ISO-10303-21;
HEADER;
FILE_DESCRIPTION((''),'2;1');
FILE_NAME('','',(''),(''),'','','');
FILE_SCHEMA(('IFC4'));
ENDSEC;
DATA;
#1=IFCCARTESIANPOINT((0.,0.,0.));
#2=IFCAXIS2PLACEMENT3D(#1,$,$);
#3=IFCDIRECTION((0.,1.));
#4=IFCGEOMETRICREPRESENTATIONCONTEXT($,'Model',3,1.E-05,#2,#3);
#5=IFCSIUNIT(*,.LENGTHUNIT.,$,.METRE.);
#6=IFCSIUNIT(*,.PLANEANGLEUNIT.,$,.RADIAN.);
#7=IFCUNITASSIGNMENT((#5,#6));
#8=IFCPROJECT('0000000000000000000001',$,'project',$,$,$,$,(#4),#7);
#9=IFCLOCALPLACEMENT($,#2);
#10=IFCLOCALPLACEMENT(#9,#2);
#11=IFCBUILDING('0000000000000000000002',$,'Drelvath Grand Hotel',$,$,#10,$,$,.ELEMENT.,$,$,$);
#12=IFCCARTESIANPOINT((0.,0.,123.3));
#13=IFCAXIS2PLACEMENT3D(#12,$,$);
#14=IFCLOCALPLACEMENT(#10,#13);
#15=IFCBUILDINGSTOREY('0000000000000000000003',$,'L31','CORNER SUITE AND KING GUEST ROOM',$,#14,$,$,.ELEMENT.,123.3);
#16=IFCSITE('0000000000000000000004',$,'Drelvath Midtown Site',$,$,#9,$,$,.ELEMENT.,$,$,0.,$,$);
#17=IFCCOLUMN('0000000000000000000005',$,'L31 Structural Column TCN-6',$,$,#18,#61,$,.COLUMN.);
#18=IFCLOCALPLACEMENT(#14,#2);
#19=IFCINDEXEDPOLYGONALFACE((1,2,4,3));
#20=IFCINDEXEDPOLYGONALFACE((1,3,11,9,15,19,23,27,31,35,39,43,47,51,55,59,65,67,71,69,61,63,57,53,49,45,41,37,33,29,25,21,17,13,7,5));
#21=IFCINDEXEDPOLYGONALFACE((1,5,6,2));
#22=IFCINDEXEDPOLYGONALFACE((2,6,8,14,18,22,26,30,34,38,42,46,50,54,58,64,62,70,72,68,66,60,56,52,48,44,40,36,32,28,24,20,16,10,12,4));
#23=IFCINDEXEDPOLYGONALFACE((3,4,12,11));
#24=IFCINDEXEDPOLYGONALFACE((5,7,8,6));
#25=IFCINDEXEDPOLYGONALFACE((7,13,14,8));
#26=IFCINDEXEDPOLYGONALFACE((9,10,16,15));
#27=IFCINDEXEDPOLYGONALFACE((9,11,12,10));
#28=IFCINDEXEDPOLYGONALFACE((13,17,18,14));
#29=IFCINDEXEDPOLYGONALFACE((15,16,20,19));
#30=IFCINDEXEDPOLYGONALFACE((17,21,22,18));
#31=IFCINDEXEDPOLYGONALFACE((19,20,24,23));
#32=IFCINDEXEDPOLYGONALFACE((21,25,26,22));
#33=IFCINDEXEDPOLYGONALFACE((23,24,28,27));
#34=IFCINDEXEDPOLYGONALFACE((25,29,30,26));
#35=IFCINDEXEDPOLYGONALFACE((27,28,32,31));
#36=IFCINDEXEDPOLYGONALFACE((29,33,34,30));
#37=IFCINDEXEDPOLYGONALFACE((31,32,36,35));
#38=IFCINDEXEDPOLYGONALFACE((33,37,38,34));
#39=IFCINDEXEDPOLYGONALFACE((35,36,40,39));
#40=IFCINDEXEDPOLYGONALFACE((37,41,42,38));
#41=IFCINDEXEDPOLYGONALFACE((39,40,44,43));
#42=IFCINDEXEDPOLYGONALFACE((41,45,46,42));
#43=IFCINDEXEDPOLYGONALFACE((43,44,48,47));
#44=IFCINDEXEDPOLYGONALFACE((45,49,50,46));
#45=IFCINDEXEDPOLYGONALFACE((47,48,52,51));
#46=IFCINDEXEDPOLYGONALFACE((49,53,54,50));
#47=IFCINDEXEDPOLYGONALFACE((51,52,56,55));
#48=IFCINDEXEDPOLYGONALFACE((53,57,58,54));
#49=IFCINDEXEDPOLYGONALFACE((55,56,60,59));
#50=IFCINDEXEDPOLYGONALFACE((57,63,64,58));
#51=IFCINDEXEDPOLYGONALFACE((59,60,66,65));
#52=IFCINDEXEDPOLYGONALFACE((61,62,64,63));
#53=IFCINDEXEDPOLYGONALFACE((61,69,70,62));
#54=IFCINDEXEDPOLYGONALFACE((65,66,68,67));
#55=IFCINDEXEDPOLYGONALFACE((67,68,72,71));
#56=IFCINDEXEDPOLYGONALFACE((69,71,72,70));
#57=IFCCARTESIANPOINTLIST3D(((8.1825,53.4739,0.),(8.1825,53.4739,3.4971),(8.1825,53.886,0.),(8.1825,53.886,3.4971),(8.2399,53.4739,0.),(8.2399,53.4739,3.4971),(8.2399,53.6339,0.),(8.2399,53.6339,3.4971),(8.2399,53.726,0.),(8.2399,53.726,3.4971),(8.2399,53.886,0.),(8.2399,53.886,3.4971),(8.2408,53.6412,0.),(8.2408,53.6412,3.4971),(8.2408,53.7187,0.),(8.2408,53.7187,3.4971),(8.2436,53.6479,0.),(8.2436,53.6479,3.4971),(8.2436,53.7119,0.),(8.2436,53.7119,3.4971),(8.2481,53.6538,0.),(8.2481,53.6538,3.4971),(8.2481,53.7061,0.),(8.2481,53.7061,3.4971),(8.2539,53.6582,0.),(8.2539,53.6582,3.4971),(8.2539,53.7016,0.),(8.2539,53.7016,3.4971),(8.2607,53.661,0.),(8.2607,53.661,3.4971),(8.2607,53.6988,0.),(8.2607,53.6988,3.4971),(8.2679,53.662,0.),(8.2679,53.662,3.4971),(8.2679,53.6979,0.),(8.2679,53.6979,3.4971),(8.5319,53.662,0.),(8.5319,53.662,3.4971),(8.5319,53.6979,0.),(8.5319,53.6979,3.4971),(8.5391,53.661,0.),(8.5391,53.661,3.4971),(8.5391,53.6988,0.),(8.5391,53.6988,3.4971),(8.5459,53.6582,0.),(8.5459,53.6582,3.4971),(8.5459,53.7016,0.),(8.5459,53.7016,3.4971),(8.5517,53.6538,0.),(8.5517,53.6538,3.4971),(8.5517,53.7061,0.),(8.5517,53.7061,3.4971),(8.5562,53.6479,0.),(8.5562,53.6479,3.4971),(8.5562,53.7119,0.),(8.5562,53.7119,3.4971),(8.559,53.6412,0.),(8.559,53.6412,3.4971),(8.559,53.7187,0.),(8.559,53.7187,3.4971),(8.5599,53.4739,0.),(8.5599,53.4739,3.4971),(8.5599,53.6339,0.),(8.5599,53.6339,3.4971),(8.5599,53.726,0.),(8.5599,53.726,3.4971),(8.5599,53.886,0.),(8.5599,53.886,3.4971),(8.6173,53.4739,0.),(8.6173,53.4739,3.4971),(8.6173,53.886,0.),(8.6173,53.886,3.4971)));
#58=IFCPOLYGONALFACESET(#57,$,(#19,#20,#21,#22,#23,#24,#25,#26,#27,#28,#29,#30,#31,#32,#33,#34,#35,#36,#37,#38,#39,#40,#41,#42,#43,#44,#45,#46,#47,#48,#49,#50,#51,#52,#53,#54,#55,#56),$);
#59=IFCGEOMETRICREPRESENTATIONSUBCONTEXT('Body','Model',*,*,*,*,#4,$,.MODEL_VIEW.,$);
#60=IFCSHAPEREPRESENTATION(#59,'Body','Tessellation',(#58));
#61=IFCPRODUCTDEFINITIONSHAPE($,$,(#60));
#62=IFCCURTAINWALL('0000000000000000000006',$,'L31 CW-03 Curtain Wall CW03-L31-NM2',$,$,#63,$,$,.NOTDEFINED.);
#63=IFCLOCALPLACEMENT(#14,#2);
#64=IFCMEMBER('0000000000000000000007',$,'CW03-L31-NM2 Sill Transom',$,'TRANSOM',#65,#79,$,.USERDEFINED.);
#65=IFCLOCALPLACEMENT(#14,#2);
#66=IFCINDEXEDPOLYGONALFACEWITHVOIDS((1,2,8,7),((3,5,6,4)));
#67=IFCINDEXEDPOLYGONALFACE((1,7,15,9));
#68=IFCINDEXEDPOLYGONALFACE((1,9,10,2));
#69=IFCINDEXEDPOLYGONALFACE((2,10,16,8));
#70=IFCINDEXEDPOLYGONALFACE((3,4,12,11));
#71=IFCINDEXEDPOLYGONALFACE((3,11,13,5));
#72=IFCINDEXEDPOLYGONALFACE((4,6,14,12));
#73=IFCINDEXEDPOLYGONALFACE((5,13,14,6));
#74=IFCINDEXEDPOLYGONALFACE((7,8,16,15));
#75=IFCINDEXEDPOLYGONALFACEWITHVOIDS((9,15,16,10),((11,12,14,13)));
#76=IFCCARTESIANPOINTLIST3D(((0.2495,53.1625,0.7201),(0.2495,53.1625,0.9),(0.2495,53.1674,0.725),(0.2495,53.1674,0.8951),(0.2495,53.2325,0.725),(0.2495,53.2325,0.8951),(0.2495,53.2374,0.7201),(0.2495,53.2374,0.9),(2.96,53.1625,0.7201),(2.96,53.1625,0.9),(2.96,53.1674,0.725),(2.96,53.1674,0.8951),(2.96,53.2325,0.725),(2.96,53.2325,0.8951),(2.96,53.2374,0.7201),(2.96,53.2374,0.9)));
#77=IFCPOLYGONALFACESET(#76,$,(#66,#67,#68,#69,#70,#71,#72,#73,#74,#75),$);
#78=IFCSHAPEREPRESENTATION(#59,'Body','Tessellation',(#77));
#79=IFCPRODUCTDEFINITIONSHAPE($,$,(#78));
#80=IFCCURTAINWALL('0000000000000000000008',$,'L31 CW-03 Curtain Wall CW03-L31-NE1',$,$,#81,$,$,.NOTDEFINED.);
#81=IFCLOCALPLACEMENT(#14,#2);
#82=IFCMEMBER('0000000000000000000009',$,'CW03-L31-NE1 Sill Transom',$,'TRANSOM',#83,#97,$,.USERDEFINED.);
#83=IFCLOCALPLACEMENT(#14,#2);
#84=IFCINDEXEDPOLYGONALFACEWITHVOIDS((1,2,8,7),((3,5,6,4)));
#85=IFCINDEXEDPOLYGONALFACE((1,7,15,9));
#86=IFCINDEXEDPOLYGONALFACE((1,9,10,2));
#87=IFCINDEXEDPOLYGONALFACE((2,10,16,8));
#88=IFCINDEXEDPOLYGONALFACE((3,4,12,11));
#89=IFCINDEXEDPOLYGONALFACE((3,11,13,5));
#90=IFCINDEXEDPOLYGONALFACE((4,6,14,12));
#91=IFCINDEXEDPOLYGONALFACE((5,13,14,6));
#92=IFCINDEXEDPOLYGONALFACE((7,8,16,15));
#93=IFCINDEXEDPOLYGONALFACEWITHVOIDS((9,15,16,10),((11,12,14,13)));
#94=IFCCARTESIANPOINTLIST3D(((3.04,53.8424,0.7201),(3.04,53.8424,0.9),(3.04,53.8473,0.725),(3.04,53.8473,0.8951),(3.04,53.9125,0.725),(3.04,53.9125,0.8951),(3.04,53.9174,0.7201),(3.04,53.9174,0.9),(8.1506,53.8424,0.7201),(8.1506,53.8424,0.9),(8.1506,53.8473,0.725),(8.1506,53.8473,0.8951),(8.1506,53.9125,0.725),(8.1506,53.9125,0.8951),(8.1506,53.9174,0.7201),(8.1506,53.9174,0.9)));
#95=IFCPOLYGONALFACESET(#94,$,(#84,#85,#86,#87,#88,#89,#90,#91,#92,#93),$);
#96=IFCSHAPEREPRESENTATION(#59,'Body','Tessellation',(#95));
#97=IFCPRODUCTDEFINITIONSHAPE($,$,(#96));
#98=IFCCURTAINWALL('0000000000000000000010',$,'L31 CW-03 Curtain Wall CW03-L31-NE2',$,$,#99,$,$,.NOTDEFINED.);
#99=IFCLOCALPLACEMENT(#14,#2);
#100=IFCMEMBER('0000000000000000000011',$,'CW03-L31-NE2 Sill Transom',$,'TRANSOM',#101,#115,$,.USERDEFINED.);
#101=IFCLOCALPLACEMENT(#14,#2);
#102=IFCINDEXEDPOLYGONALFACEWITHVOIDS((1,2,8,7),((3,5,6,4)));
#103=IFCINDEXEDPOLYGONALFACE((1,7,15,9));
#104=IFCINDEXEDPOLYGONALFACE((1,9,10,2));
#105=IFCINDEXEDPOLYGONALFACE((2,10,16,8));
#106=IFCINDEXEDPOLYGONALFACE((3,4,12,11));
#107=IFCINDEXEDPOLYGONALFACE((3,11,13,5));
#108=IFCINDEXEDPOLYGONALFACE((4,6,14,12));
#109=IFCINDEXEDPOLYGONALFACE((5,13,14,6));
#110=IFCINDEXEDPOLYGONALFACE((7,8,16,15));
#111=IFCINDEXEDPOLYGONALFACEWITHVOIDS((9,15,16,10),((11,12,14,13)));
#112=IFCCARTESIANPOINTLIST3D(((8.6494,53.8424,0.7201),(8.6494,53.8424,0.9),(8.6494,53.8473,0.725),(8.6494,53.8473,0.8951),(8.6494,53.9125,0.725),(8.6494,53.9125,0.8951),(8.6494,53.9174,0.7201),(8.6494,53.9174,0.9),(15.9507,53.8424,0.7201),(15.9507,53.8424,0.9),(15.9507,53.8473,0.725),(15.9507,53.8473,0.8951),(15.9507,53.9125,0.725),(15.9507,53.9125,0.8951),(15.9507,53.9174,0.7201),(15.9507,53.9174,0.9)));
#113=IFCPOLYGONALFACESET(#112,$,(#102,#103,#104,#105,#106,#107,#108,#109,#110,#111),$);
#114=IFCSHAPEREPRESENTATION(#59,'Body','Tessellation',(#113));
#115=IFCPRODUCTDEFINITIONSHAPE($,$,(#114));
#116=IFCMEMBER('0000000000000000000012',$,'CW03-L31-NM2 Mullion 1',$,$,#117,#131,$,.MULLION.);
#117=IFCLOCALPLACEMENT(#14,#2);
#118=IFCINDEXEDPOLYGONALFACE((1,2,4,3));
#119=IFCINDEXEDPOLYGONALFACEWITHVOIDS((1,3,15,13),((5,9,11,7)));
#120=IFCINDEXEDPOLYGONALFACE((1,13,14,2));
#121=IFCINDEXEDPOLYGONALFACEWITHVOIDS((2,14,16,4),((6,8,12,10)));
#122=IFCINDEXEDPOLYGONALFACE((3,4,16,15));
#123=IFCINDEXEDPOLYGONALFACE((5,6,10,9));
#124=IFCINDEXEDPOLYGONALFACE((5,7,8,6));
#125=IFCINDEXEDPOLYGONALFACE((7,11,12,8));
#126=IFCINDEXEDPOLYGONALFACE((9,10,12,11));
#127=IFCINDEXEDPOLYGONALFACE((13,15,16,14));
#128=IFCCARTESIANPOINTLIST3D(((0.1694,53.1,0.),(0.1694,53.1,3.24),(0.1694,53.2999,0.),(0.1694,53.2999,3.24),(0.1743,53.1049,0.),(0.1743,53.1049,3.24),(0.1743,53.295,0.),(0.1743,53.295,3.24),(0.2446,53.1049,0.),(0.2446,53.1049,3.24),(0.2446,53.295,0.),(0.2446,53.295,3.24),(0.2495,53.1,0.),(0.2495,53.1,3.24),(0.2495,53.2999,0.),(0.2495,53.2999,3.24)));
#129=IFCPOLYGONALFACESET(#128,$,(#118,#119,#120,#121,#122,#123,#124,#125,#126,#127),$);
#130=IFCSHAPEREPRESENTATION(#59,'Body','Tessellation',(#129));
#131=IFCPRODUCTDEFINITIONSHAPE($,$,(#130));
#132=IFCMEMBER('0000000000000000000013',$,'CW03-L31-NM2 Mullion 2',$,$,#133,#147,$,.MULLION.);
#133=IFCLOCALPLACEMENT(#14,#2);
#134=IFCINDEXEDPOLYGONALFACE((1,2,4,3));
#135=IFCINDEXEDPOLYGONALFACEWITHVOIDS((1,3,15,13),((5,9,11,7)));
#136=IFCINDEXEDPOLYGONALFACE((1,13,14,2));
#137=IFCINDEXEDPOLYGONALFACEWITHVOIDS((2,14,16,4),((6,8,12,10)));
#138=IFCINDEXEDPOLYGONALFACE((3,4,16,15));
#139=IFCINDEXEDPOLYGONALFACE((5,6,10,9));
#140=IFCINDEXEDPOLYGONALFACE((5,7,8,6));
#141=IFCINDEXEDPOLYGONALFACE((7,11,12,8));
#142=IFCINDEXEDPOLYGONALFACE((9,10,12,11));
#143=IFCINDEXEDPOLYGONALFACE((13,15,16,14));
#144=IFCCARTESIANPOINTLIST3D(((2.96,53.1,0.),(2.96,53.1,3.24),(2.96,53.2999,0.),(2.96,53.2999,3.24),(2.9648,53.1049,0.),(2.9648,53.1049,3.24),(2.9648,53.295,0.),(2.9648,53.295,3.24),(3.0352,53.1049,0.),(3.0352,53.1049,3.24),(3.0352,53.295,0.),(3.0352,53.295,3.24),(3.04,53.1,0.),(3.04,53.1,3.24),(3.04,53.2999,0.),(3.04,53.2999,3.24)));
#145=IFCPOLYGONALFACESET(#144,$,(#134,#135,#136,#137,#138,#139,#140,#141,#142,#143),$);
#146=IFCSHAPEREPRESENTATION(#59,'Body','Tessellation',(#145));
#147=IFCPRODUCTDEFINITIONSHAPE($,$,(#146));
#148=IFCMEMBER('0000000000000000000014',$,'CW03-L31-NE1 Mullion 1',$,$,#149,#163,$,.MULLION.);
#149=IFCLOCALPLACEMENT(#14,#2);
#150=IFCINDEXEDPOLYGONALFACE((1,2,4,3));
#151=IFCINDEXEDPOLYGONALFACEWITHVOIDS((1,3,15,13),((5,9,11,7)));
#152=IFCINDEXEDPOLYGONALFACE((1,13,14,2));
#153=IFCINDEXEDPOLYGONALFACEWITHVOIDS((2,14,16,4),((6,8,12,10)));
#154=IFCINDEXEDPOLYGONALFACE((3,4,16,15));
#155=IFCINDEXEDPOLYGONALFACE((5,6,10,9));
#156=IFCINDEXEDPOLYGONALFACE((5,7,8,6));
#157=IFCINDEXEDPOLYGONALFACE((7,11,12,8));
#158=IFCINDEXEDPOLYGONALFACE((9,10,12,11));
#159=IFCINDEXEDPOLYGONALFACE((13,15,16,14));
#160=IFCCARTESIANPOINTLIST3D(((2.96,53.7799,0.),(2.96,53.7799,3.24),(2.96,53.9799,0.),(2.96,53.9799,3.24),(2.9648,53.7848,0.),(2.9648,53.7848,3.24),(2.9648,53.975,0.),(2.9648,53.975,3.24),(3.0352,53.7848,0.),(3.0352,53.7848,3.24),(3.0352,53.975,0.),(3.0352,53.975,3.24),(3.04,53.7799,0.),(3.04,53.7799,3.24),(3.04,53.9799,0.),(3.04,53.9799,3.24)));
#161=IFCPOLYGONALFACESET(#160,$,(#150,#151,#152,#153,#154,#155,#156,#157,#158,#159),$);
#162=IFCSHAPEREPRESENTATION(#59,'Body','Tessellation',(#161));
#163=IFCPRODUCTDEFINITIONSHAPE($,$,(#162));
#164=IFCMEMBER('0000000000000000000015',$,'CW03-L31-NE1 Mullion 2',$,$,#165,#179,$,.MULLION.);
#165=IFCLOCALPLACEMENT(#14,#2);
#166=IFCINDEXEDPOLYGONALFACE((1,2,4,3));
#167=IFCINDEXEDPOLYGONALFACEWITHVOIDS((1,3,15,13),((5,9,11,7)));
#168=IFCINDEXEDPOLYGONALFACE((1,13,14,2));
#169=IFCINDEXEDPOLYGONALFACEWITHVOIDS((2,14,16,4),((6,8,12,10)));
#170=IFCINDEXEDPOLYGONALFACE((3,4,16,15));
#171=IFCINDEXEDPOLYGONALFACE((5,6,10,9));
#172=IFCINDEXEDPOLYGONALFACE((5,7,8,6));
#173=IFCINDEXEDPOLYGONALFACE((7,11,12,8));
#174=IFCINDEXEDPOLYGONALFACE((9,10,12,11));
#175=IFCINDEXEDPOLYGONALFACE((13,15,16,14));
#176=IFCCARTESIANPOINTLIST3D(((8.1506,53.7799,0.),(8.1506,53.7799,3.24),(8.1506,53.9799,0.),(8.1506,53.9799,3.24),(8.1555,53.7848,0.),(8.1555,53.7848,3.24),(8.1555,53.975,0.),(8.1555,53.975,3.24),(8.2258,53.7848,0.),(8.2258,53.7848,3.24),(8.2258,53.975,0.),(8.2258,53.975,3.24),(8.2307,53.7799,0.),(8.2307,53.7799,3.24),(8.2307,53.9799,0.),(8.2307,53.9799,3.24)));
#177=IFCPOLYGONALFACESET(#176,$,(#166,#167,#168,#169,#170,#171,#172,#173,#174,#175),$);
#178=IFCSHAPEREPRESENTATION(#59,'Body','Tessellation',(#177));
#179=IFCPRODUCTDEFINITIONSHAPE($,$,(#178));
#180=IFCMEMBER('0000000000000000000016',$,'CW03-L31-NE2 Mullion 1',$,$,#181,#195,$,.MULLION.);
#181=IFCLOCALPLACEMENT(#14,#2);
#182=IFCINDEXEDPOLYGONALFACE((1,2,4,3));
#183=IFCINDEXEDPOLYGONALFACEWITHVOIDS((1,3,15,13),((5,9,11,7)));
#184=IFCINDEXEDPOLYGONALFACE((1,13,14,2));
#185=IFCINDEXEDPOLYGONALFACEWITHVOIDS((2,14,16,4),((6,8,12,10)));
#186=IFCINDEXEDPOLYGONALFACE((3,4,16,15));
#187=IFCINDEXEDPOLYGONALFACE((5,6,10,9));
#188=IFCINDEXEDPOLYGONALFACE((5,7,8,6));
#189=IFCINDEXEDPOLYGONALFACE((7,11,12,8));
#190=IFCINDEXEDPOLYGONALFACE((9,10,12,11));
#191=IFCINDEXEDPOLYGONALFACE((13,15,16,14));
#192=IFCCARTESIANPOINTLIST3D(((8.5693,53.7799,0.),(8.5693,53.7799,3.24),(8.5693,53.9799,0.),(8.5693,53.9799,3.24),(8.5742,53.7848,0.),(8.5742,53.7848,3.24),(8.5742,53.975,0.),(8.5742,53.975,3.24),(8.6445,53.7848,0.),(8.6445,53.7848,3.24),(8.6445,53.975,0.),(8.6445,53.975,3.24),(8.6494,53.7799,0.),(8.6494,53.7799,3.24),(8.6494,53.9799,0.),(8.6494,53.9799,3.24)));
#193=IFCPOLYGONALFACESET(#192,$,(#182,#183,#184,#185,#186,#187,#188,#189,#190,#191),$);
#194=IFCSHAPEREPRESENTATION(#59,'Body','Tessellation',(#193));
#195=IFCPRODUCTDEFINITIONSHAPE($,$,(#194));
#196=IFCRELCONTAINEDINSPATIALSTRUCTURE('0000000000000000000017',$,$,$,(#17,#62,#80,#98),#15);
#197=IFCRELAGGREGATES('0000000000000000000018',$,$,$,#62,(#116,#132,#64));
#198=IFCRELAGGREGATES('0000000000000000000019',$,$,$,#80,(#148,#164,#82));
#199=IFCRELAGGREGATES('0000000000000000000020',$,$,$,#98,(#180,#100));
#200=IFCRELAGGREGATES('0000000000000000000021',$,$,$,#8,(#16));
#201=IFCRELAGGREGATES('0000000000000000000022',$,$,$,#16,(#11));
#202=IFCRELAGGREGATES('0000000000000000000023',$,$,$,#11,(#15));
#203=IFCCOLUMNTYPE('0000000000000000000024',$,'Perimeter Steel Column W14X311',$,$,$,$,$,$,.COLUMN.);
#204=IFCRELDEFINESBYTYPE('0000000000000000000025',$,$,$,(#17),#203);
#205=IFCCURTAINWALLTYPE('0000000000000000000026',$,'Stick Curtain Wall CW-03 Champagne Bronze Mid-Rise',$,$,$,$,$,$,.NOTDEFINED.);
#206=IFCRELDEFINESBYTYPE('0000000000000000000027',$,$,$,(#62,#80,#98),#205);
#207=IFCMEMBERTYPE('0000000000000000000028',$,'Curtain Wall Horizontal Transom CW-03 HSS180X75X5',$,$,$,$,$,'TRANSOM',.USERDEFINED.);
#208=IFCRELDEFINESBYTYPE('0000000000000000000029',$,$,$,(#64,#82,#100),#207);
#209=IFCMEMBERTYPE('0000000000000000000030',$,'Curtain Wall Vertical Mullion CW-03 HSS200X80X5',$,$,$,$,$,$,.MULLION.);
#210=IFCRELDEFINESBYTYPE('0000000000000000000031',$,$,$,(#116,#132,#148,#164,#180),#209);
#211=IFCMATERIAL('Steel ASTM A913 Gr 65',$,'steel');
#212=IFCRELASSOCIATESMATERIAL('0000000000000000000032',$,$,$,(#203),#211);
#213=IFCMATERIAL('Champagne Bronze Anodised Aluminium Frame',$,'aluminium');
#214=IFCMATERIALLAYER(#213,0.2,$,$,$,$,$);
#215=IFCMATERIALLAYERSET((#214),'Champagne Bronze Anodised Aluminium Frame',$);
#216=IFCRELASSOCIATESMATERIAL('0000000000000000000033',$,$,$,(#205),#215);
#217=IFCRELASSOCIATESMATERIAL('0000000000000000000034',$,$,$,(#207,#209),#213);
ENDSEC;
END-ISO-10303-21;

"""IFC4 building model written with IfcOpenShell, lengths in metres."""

from ifc_helpers import new_model, si_unit, direction, frame, origin, origin_2d, place, context, subcontext, project, spatial, hollow_rectangle, i_section, extrude, material, layer, layer_set, material_profile, profile_set, type_object, element, aggregate, save


model = new_model("IFC4")

# Units and contexts
model_context = context("Model", 3, precision=1e-05, world=origin(), true_north=direction((0.0, 1.0)))
body_context = subcontext(model_context, "Body", "Model", "MODEL_VIEW")
ifc_project = project(units=[si_unit("LENGTHUNIT", "METRE"), si_unit("PLANEANGLEUNIT", "RADIAN")], contexts=[model_context])

# Site, building, storey
site_placement = place(None, origin())
site = spatial("IfcSite", under=ifc_project, at=site_placement, Name="Drelvath Midtown Site", CompositionType="ELEMENT", RefElevation=0.0)
building_placement = place(site_placement, origin())
building = spatial("IfcBuilding", under=site, at=building_placement, Name="Drelvath Grand Hotel", CompositionType="ELEMENT")
storey_placement = place(building_placement, frame((0.0, 0.0, 123.3)))
storey = spatial("IfcBuildingStorey", under=building, at=storey_placement, Name="L31", Description="CORNER SUITE AND KING GUEST ROOM", CompositionType="ELEMENT", Elevation=123.3)

# Column
ifc_material_1 = material(Name="Steel ASTM A913 Gr 65", Category="steel")
ifc_material_profile_1 = material_profile(ifc_material_1, i_section(OverallWidth=0.4121, OverallDepth=0.4348, WebThickness=0.0359, FlangeThickness=0.0574, FilletRadius=0.0281, at=origin_2d()), Name="W14X311")
ifc_profile_set_1 = profile_set([ifc_material_profile_1], Name="Steel ASTM A913 Gr 65")
column_type = type_object("IfcColumnType", Name="Perimeter Steel Column W14X311", PredefinedType="COLUMN", material=ifc_profile_set_1)
column_placement = place(storey_placement, frame((8.3999, 53.6799, 0.0), z_axis=(0.0, 0.0, 1.0), x_axis=(0.0, 1.0, 0.0)))
element("IfcColumn", 1, at=column_placement, inside=storey, type_object=column_type, Name="L31 Structural Column TCN-6", PredefinedType="COLUMN", context=body_context, shape_type="SweptSolid", body=[
    extrude(i_section(OverallWidth=0.4121, OverallDepth=0.4348, WebThickness=0.0359, FlangeThickness=0.0574, FilletRadius=0.0281, at=origin_2d()), origin(), (0.0, 0.0, 1.0), 3.4971),
])

# Curtain walls, members
ifc_material_2 = material(Name="Champagne Bronze Anodised Aluminium Frame", Category="aluminium")
ifc_layer_1 = layer(ifc_material_2, 0.2)
ifc_layer_set_1 = layer_set([ifc_layer_1], Name="Champagne Bronze Anodised Aluminium Frame")
curtain_wall_type = type_object("IfcCurtainWallType", Name="Stick Curtain Wall CW-03 Champagne Bronze Mid-Rise", PredefinedType="NOTDEFINED", material=ifc_layer_set_1)
curtain_wall_1_placement = place(storey_placement, origin())
curtain_wall_1 = element("IfcCurtainWall", 2, at=curtain_wall_1_placement, inside=storey, type_object=curtain_wall_type, Name="L31 CW-03 Curtain Wall CW03-L31-NM2", PredefinedType="NOTDEFINED")
ifc_material_profile_2 = material_profile(ifc_material_2, hollow_rectangle(XDim=0.075, YDim=0.1799, WallThickness=0.0049, at=origin_2d()), Name="HSS180X75X5")
ifc_profile_set_2 = profile_set([ifc_material_profile_2], Name="Champagne Bronze Anodised Aluminium Frame")
member_type_1 = type_object("IfcMemberType", Name="Curtain Wall Horizontal Transom CW-03 HSS180X75X5", ElementType="TRANSOM", PredefinedType="USERDEFINED", material=ifc_profile_set_2)
member_1_placement = place(storey_placement, frame((0.2495, 53.2, 0.8101), z_axis=(1.0, 0.0, 0.0), x_axis=(0.0, 1.0, 0.0)))
member_1 = element("IfcMember", 3, at=member_1_placement, type_object=member_type_1, Name="CW03-L31-NM2 Sill Transom", ObjectType="TRANSOM", PredefinedType="USERDEFINED", context=body_context, shape_type="SweptSolid", body=[
    extrude(hollow_rectangle(XDim=0.075, YDim=0.1799, WallThickness=0.0049, at=origin_2d()), origin(), (0.0, 0.0, 1.0), 2.7104),
])
curtain_wall_2_placement = place(storey_placement, origin())
curtain_wall_2 = element("IfcCurtainWall", 4, at=curtain_wall_2_placement, inside=storey, type_object=curtain_wall_type, Name="L31 CW-03 Curtain Wall CW03-L31-NE1", PredefinedType="NOTDEFINED")
member_2_placement = place(storey_placement, frame((3.04, 53.8799, 0.8101), z_axis=(1.0, 0.0, 0.0), x_axis=(0.0, 1.0, 0.0)))
member_2 = element("IfcMember", 5, at=member_2_placement, type_object=member_type_1, Name="CW03-L31-NE1 Sill Transom", ObjectType="TRANSOM", PredefinedType="USERDEFINED", context=body_context, shape_type="SweptSolid", body=[
    extrude(hollow_rectangle(XDim=0.075, YDim=0.1799, WallThickness=0.0049, at=origin_2d()), origin(), (0.0, 0.0, 1.0), 5.1106),
])
curtain_wall_3_placement = place(storey_placement, origin())
curtain_wall_3 = element("IfcCurtainWall", 6, at=curtain_wall_3_placement, inside=storey, type_object=curtain_wall_type, Name="L31 CW-03 Curtain Wall CW03-L31-NE2", PredefinedType="NOTDEFINED")
member_3_placement = place(storey_placement, frame((8.6494, 53.8799, 0.8101), z_axis=(1.0, 0.0, 0.0), x_axis=(0.0, 1.0, 0.0)))
member_3 = element("IfcMember", 7, at=member_3_placement, type_object=member_type_1, Name="CW03-L31-NE2 Sill Transom", ObjectType="TRANSOM", PredefinedType="USERDEFINED", context=body_context, shape_type="SweptSolid", body=[
    extrude(hollow_rectangle(XDim=0.075, YDim=0.1799, WallThickness=0.0049, at=origin_2d()), origin(), (0.0, 0.0, 1.0), 7.3013),
])

# Members
ifc_material_profile_3 = material_profile(ifc_material_2, hollow_rectangle(XDim=0.0801, YDim=0.2, WallThickness=0.0049, at=origin_2d()), Name="HSS200X80X5")
ifc_profile_set_3 = profile_set([ifc_material_profile_3], Name="Champagne Bronze Anodised Aluminium Frame")
member_type_2 = type_object("IfcMemberType", Name="Curtain Wall Vertical Mullion CW-03 HSS200X80X5", PredefinedType="MULLION", material=ifc_profile_set_3)
member_4_placement = place(storey_placement, frame((0.2095, 53.2, 0.0), z_axis=(0.0, 0.0, 1.0), x_axis=(1.0, 0.0, 0.0)))
member_4 = element("IfcMember", 8, at=member_4_placement, type_object=member_type_2, Name="CW03-L31-NM2 Mullion 1", PredefinedType="MULLION", context=body_context, shape_type="SweptSolid", body=[
    extrude(hollow_rectangle(XDim=0.0801, YDim=0.2, WallThickness=0.0049, at=origin_2d()), origin(), (0.0, 0.0, 1.0), 3.24),
])
member_5_placement = place(storey_placement, frame((3.0, 53.2, 0.0), z_axis=(0.0, 0.0, 1.0), x_axis=(1.0, 0.0, 0.0)))
member_5 = element("IfcMember", 9, at=member_5_placement, type_object=member_type_2, Name="CW03-L31-NM2 Mullion 2", PredefinedType="MULLION", context=body_context, shape_type="SweptSolid", body=[
    extrude(hollow_rectangle(XDim=0.0801, YDim=0.2, WallThickness=0.0049, at=origin_2d()), origin(), (0.0, 0.0, 1.0), 3.24),
])
member_6_placement = place(storey_placement, frame((3.0, 53.8799, 0.0), z_axis=(0.0, 0.0, 1.0), x_axis=(1.0, 0.0, 0.0)))
member_6 = element("IfcMember", 10, at=member_6_placement, type_object=member_type_2, Name="CW03-L31-NE1 Mullion 1", PredefinedType="MULLION", context=body_context, shape_type="SweptSolid", body=[
    extrude(hollow_rectangle(XDim=0.0801, YDim=0.2, WallThickness=0.0049, at=origin_2d()), origin(), (0.0, 0.0, 1.0), 3.24),
])
member_7_placement = place(storey_placement, frame((8.1907, 53.8799, 0.0), z_axis=(0.0, 0.0, 1.0), x_axis=(1.0, 0.0, 0.0)))
member_7 = element("IfcMember", 11, at=member_7_placement, type_object=member_type_2, Name="CW03-L31-NE1 Mullion 2", PredefinedType="MULLION", context=body_context, shape_type="SweptSolid", body=[
    extrude(hollow_rectangle(XDim=0.0801, YDim=0.2, WallThickness=0.0049, at=origin_2d()), origin(), (0.0, 0.0, 1.0), 3.24),
])
member_8_placement = place(storey_placement, frame((8.6094, 53.8799, 0.0), z_axis=(0.0, 0.0, 1.0), x_axis=(1.0, 0.0, 0.0)))
member_8 = element("IfcMember", 12, at=member_8_placement, type_object=member_type_2, Name="CW03-L31-NE2 Mullion 1", PredefinedType="MULLION", context=body_context, shape_type="SweptSolid", body=[
    extrude(hollow_rectangle(XDim=0.0801, YDim=0.2, WallThickness=0.0049, at=origin_2d()), origin(), (0.0, 0.0, 1.0), 3.24),
])

aggregate(curtain_wall_1, [member_4, member_5, member_1])
aggregate(curtain_wall_2, [member_6, member_7, member_2])
aggregate(curtain_wall_3, [member_8, member_3])

save(model, "model.ifc")
